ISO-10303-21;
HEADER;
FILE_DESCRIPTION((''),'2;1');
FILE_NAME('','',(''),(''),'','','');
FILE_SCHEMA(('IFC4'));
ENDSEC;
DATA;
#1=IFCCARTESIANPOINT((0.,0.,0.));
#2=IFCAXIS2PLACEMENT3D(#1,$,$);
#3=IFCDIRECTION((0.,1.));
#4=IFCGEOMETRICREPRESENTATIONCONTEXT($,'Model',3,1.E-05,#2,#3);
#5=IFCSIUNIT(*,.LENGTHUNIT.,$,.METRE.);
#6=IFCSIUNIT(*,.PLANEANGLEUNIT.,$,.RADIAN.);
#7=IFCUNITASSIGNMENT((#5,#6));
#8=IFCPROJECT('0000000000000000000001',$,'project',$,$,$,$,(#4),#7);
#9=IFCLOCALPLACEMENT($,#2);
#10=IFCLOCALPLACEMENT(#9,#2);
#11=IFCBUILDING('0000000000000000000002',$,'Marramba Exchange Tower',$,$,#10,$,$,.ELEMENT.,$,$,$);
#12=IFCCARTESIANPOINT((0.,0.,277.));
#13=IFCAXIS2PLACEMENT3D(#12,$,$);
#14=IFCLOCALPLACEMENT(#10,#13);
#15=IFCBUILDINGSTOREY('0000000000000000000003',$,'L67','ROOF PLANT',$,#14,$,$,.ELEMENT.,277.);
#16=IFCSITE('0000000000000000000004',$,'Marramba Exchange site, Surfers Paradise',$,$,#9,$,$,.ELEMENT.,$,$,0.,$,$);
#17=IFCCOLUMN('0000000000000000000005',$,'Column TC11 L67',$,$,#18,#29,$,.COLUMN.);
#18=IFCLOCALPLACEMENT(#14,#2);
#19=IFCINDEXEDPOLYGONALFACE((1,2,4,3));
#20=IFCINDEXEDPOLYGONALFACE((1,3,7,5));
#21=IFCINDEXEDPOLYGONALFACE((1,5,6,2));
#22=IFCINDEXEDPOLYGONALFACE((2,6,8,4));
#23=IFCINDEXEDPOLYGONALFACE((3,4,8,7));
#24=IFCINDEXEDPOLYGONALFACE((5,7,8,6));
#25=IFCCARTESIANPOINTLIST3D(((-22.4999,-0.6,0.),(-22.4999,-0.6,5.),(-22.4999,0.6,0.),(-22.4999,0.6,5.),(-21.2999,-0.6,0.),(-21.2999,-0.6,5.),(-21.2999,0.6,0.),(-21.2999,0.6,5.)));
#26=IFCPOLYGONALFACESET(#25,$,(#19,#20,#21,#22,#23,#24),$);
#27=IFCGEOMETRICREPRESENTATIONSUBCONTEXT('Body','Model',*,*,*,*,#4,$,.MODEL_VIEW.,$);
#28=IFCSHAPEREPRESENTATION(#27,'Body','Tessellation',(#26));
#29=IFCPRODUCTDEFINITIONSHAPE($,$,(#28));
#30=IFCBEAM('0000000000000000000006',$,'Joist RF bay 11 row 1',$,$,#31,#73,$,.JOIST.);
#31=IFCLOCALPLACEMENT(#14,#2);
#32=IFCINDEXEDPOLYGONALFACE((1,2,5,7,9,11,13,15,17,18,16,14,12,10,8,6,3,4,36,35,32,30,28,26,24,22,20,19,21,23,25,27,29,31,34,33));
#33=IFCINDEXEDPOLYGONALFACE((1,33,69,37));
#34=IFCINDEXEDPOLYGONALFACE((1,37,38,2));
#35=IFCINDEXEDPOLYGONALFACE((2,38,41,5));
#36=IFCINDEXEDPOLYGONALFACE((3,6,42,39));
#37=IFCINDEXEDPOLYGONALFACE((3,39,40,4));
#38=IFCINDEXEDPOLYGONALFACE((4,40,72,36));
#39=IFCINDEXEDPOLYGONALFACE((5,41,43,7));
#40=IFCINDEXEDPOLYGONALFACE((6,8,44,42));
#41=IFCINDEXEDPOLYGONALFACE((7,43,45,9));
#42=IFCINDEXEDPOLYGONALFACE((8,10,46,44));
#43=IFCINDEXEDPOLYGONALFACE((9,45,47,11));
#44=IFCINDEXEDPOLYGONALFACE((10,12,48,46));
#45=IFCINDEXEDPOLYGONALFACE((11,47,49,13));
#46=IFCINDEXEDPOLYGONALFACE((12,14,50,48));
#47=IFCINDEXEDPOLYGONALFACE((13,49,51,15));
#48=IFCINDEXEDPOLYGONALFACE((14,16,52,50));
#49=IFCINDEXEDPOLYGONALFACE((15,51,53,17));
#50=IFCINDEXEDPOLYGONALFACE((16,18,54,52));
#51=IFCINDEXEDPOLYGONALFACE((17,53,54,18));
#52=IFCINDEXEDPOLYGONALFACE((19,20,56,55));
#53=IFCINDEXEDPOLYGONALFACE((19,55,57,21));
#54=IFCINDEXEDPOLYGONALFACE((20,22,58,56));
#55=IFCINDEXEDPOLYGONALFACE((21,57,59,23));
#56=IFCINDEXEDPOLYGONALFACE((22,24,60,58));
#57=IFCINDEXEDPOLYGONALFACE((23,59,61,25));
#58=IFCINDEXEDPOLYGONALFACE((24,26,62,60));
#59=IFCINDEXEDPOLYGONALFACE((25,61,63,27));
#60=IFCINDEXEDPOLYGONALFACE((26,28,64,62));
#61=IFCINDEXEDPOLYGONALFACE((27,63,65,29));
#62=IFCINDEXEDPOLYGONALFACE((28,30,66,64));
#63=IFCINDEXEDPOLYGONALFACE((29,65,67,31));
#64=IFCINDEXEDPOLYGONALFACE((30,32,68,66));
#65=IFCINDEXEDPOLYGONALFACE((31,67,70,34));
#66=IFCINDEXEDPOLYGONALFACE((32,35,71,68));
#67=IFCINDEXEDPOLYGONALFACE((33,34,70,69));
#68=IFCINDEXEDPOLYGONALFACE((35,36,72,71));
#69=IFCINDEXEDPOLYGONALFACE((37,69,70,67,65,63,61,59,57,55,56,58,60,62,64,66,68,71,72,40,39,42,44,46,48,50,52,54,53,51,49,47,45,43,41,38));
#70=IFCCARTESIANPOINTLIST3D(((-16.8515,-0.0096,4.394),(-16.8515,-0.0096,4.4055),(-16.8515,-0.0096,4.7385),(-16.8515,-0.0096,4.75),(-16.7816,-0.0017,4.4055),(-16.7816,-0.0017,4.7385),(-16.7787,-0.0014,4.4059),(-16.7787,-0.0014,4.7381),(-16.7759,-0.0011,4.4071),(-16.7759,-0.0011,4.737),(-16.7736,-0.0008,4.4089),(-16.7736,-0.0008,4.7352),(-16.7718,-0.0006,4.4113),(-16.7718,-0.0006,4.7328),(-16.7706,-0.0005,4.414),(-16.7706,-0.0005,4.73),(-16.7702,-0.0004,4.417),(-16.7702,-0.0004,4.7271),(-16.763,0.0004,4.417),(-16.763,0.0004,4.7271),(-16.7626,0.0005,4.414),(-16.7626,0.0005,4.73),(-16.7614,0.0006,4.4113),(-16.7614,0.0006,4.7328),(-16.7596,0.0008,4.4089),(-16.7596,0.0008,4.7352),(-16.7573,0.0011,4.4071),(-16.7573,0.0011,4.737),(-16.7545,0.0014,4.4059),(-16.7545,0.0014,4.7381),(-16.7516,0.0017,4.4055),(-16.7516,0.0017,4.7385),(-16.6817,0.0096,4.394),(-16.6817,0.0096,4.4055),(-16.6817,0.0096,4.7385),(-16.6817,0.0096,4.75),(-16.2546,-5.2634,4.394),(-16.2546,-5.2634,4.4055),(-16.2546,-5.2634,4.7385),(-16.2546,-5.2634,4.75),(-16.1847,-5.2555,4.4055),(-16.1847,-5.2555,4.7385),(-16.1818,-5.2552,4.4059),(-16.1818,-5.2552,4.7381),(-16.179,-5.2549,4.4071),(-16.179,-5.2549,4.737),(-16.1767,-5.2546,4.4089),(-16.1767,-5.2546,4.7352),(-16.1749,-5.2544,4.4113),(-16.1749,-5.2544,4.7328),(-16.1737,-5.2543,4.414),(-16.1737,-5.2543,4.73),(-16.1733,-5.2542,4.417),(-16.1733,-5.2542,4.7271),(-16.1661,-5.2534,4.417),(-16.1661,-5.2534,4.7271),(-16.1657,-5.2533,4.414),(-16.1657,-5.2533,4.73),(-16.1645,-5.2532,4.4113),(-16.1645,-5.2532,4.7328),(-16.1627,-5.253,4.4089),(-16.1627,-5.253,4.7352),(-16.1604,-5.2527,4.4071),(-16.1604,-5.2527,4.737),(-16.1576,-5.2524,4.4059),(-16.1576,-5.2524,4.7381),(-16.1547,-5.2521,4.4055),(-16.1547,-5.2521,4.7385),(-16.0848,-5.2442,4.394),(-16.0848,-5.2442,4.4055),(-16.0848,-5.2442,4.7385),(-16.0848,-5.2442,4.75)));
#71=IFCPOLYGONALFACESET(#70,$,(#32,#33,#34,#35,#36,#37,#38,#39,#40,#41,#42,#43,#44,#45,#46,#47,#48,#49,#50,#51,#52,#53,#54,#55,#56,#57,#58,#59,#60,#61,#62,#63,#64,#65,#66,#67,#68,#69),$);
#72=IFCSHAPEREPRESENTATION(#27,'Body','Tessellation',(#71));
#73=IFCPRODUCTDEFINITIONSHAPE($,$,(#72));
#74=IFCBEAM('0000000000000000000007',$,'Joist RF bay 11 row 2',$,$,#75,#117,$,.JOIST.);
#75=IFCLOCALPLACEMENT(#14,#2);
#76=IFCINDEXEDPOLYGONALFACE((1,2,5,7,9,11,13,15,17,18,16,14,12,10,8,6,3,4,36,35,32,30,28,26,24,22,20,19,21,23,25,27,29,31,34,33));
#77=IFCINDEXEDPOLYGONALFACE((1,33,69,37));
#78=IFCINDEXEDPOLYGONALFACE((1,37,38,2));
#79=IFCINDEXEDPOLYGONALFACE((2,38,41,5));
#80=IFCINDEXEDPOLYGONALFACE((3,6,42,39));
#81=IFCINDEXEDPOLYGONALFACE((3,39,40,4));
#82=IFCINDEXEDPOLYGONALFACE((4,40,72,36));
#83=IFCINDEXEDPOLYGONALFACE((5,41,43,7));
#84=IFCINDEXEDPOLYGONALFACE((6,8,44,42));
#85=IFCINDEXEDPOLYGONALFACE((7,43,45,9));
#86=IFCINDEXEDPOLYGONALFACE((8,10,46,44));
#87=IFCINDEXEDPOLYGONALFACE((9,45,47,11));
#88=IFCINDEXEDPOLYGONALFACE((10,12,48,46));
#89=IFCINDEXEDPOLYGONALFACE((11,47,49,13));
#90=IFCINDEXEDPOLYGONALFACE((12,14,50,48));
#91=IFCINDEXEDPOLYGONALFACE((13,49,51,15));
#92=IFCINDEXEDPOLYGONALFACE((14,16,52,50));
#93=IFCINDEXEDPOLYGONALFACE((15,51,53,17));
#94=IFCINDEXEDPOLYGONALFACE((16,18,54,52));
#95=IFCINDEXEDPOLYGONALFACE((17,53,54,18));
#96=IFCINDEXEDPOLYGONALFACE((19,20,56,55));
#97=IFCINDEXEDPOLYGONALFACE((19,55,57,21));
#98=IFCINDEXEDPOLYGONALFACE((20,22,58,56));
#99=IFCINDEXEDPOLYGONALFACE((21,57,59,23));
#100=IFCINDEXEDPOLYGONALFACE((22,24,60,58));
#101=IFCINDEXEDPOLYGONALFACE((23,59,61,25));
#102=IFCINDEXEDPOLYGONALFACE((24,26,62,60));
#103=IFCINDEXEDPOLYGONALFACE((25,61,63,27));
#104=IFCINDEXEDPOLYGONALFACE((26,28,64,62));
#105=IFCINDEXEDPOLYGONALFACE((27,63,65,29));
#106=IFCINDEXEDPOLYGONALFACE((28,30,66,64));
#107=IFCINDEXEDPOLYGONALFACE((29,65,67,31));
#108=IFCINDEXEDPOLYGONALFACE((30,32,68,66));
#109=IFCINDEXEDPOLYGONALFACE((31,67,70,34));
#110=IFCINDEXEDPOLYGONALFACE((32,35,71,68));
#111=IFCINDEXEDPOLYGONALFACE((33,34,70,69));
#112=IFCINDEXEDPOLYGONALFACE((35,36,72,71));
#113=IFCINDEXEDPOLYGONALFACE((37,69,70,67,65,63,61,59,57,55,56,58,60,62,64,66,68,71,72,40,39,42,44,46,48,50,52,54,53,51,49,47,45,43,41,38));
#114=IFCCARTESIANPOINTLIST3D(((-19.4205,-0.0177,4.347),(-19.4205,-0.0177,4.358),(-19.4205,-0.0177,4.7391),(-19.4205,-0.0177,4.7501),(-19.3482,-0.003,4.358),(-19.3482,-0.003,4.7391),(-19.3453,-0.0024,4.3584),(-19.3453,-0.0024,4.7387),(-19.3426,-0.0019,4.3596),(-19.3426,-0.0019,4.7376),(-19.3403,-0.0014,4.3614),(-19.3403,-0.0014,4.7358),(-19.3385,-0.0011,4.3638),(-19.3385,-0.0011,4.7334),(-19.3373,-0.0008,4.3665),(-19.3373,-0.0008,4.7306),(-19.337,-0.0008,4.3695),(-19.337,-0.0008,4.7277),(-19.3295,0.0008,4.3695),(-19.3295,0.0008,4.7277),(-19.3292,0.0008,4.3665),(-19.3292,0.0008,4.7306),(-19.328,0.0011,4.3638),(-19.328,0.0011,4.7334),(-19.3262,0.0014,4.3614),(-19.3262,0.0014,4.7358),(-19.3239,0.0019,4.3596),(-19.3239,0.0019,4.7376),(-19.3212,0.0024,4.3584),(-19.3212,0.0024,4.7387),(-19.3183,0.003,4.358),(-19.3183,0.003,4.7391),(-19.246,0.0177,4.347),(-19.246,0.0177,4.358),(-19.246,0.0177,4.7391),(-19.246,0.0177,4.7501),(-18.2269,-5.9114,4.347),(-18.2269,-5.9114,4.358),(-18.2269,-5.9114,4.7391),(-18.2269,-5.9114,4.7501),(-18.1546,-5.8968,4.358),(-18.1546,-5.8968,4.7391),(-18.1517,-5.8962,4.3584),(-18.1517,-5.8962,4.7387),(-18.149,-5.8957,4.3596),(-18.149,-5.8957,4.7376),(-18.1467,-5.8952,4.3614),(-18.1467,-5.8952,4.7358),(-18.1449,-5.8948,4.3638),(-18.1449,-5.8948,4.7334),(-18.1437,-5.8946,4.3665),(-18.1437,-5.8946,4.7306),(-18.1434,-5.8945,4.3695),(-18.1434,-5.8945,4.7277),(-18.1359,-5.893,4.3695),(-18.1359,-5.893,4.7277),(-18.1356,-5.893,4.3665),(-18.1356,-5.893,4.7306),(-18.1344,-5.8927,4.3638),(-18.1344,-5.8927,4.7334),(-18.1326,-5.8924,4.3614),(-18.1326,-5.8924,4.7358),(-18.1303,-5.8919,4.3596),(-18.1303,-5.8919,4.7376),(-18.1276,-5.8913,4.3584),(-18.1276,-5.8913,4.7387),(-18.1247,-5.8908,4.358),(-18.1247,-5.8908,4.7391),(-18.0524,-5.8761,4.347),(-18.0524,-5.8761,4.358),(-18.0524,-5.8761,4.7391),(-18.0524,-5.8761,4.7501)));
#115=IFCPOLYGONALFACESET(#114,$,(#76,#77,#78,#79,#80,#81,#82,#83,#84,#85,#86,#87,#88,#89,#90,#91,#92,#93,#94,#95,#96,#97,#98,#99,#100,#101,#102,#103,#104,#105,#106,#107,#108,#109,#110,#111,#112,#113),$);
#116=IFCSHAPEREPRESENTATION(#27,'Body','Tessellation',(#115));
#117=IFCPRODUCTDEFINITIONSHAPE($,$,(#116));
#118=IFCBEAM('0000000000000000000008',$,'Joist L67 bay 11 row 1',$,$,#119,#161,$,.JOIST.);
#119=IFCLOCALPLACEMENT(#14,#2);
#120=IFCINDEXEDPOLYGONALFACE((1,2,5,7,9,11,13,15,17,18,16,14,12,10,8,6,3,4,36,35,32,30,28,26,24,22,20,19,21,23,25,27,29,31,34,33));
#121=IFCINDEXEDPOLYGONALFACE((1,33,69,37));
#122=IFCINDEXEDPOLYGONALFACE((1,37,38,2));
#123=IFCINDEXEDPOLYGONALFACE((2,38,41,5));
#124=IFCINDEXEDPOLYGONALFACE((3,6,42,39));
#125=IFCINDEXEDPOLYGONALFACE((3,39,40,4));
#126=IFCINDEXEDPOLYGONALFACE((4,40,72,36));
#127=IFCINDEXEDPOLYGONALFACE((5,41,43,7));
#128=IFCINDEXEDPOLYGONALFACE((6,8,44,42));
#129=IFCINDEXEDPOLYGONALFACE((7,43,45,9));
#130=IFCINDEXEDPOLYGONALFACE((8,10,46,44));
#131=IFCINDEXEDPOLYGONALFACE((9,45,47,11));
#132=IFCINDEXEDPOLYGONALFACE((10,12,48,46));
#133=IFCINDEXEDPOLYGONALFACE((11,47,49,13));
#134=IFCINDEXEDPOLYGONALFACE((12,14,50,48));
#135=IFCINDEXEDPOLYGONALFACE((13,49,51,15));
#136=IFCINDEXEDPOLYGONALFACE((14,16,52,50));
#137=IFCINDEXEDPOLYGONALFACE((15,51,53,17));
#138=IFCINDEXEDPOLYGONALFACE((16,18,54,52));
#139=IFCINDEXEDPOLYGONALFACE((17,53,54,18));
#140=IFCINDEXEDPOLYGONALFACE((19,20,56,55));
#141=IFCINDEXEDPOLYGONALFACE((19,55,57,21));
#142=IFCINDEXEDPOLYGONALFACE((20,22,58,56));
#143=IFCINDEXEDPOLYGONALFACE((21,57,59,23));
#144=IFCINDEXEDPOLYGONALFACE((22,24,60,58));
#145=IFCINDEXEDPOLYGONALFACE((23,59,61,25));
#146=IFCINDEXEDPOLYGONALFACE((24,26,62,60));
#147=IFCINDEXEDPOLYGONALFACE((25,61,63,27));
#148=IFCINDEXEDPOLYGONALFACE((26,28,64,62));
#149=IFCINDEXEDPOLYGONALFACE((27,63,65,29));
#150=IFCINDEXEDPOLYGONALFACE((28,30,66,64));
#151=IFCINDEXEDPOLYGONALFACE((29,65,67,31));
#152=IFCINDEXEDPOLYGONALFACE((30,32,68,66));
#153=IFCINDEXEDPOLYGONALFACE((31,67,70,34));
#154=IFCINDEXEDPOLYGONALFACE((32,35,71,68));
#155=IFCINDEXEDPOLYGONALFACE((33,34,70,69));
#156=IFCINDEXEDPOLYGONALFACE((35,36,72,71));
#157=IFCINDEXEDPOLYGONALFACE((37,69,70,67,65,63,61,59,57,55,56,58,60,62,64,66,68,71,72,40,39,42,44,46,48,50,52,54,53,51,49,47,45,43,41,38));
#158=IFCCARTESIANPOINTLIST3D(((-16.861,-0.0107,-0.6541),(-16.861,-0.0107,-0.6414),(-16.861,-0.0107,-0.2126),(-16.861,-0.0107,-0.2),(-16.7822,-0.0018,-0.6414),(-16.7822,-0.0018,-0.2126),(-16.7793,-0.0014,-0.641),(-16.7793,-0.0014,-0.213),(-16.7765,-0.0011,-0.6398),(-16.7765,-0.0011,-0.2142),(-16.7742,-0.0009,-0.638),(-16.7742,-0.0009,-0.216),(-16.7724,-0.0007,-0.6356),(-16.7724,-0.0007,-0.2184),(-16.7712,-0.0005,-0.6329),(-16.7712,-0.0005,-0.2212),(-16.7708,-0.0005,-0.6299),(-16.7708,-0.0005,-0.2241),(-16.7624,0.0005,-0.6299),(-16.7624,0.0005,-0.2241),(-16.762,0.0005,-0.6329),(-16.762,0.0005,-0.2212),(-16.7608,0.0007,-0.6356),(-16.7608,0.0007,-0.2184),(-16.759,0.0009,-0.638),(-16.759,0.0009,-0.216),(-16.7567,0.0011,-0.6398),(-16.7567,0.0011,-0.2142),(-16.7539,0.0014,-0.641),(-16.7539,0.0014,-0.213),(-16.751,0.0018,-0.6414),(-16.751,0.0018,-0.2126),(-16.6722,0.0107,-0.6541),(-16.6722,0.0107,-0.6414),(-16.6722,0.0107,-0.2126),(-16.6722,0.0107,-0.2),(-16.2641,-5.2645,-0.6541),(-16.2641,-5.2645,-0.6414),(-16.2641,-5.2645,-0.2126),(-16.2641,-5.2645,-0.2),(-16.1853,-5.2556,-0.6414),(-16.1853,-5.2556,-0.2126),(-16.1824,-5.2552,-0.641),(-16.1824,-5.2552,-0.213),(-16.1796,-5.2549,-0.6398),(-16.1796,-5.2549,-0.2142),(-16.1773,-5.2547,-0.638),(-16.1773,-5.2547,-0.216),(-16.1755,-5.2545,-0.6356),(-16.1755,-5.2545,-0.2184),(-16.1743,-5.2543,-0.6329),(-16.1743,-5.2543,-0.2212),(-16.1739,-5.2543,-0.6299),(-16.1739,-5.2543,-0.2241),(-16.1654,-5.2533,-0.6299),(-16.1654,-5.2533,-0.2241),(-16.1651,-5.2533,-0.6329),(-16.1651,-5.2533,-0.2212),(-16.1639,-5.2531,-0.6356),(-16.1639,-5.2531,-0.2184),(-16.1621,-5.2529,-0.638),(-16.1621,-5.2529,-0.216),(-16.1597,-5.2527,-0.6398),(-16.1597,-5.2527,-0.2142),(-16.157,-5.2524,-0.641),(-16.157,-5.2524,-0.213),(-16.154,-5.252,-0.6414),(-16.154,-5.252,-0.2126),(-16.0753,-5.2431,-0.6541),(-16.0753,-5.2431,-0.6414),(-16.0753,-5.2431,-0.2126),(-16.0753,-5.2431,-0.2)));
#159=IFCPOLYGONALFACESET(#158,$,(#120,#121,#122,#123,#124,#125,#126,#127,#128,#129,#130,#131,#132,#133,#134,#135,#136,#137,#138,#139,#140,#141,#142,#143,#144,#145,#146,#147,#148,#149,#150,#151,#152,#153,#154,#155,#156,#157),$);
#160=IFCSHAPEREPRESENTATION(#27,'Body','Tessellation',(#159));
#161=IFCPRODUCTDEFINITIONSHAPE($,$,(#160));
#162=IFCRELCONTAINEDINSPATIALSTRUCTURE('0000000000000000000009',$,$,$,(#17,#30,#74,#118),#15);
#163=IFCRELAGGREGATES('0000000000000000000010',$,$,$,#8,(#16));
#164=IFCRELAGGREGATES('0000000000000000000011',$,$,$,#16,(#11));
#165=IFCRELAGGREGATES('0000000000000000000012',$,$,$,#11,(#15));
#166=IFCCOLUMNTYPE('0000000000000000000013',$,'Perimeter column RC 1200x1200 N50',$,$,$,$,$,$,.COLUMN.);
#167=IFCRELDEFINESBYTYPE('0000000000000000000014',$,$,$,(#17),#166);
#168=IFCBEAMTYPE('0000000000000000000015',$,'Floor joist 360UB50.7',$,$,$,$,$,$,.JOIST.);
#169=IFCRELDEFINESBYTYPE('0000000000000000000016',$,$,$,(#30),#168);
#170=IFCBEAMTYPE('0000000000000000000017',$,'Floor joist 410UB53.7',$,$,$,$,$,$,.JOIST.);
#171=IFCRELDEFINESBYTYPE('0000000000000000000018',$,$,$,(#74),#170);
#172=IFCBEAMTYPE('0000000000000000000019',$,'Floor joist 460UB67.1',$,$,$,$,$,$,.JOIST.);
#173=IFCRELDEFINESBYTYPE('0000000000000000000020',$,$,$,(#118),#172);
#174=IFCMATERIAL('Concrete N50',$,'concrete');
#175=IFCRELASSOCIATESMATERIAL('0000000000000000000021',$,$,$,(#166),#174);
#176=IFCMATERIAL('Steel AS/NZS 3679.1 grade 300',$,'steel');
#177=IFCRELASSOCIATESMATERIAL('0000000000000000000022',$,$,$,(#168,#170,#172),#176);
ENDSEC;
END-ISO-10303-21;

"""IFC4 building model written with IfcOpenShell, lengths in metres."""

from ifc_helpers import new_model, si_unit, direction, frame, origin, origin_2d, place, context, subcontext, project, spatial, rectangle, i_section, extrude, material, material_profile, profile_set, type_object, element, save


model = new_model("IFC4")

# Units and contexts
model_context = context("Model", 3, precision=1e-05, world=origin(), true_north=direction((0.0, 1.0)))
body_context = subcontext(model_context, "Body", "Model", "MODEL_VIEW")
ifc_project = project(units=[si_unit("LENGTHUNIT", "METRE"), si_unit("PLANEANGLEUNIT", "RADIAN")], contexts=[model_context])

# Site, building, storey
site_placement = place(None, origin())
site = spatial("IfcSite", under=ifc_project, at=site_placement, Name="Marramba Exchange site, Surfers Paradise", CompositionType="ELEMENT", RefElevation=0.0)
building_placement = place(site_placement, origin())
building = spatial("IfcBuilding", under=site, at=building_placement, Name="Marramba Exchange Tower", CompositionType="ELEMENT")
storey_placement = place(building_placement, frame((0.0, 0.0, 277.0)))
storey = spatial("IfcBuildingStorey", under=building, at=storey_placement, Name="L67", Description="ROOF PLANT", CompositionType="ELEMENT", Elevation=277.0)

# Column
ifc_material_1 = material(Name="Concrete N50", Category="concrete")
ifc_material_profile_1 = material_profile(ifc_material_1, rectangle(XDim=1.2, YDim=1.2, at=origin_2d()), Name="RC 1200x1200")
ifc_profile_set_1 = profile_set([ifc_material_profile_1], Name="Concrete N50")
column_type = type_object("IfcColumnType", Name="Perimeter column RC 1200x1200 N50", PredefinedType="COLUMN", material=ifc_profile_set_1)
column_placement = place(storey_placement, frame((-21.8999, 0.0, 0.0), z_axis=(0.0, 0.0, 1.0), x_axis=(-1.0, 0.0, 0.0)))
element("IfcColumn", 1, at=column_placement, inside=storey, type_object=column_type, Name="Column TC11 L67", PredefinedType="COLUMN", context=body_context, shape_type="SweptSolid", body=[
    extrude(rectangle(XDim=1.2, YDim=1.2, at=origin_2d()), origin(), (0.0, 0.0, 1.0), 5.0),
])

# Beams
ifc_material_2 = material(Name="Steel AS/NZS 3679.1 grade 300", Category="steel")
ifc_material_profile_2 = material_profile(ifc_material_2, i_section(OverallWidth=0.1709, OverallDepth=0.356, WebThickness=0.0073, FlangeThickness=0.0115, FilletRadius=0.0115, at=origin_2d()), Name="360UB50.7")
ifc_profile_set_2 = profile_set([ifc_material_profile_2], Name="Steel AS/NZS 3679.1 grade 300")
beam_type_1 = type_object("IfcBeamType", Name="Floor joist 360UB50.7", PredefinedType="JOIST", material=ifc_profile_set_2)
beam_1_placement = place(storey_placement, frame((-16.7666, 0.0, 4.572), z_axis=(0.112889, -0.993608, 0.0), x_axis=(0.993608, 0.112889, 0.0)))
element("IfcBeam", 2, at=beam_1_placement, inside=storey, type_object=beam_type_1, Name="Joist RF bay 11 row 1", PredefinedType="JOIST", context=body_context, shape_type="SweptSolid", body=[
    extrude(i_section(OverallWidth=0.1709, OverallDepth=0.356, WebThickness=0.0073, FlangeThickness=0.0115, FilletRadius=0.0115, at=origin_2d()), origin(), (0.0, 0.0, 1.0), 5.2876),
])
ifc_material_profile_3 = material_profile(ifc_material_2, i_section(OverallWidth=0.178, OverallDepth=0.4031, WebThickness=0.0076, FlangeThickness=0.011, FilletRadius=0.0115, at=origin_2d()), Name="410UB53.7")
ifc_profile_set_3 = profile_set([ifc_material_profile_3], Name="Steel AS/NZS 3679.1 grade 300")
beam_type_2 = type_object("IfcBeamType", Name="Floor joist 410UB53.7", PredefinedType="JOIST", material=ifc_profile_set_3)
beam_2_placement = place(storey_placement, frame((-19.3333, 0.0, 4.5486), z_axis=(0.198489, -0.980103, 0.0), x_axis=(0.980103, 0.198489, 0.0)))
element("IfcBeam", 3, at=beam_2_placement, inside=storey, type_object=beam_type_2, Name="Joist RF bay 11 row 2", PredefinedType="JOIST", context=body_context, shape_type="SweptSolid", body=[
    extrude(i_section(OverallWidth=0.178, OverallDepth=0.4031, WebThickness=0.0076, FlangeThickness=0.011, FilletRadius=0.0115, at=origin_2d()), origin(), (0.0, 0.0, 1.0), 6.0134),
])
ifc_material_profile_4 = material_profile(ifc_material_2, i_section(OverallWidth=0.1899, OverallDepth=0.4541, WebThickness=0.0085, FlangeThickness=0.0127, FilletRadius=0.0115, at=origin_2d()), Name="460UB67.1")
ifc_profile_set_4 = profile_set([ifc_material_profile_4], Name="Steel AS/NZS 3679.1 grade 300")
beam_type_3 = type_object("IfcBeamType", Name="Floor joist 460UB67.1", PredefinedType="JOIST", material=ifc_profile_set_4)
beam_3_placement = place(storey_placement, frame((-16.7666, 0.0, -0.427), z_axis=(0.112889, -0.993608, 0.0), x_axis=(0.993608, 0.112889, 0.0)))
element("IfcBeam", 4, at=beam_3_placement, inside=storey, type_object=beam_type_3, Name="Joist L67 bay 11 row 1", PredefinedType="JOIST", context=body_context, shape_type="SweptSolid", body=[
    extrude(i_section(OverallWidth=0.1899, OverallDepth=0.4541, WebThickness=0.0085, FlangeThickness=0.0127, FilletRadius=0.0115, at=origin_2d()), origin(), (0.0, 0.0, 1.0), 5.2876),
])

save(model, "model.ifc")
